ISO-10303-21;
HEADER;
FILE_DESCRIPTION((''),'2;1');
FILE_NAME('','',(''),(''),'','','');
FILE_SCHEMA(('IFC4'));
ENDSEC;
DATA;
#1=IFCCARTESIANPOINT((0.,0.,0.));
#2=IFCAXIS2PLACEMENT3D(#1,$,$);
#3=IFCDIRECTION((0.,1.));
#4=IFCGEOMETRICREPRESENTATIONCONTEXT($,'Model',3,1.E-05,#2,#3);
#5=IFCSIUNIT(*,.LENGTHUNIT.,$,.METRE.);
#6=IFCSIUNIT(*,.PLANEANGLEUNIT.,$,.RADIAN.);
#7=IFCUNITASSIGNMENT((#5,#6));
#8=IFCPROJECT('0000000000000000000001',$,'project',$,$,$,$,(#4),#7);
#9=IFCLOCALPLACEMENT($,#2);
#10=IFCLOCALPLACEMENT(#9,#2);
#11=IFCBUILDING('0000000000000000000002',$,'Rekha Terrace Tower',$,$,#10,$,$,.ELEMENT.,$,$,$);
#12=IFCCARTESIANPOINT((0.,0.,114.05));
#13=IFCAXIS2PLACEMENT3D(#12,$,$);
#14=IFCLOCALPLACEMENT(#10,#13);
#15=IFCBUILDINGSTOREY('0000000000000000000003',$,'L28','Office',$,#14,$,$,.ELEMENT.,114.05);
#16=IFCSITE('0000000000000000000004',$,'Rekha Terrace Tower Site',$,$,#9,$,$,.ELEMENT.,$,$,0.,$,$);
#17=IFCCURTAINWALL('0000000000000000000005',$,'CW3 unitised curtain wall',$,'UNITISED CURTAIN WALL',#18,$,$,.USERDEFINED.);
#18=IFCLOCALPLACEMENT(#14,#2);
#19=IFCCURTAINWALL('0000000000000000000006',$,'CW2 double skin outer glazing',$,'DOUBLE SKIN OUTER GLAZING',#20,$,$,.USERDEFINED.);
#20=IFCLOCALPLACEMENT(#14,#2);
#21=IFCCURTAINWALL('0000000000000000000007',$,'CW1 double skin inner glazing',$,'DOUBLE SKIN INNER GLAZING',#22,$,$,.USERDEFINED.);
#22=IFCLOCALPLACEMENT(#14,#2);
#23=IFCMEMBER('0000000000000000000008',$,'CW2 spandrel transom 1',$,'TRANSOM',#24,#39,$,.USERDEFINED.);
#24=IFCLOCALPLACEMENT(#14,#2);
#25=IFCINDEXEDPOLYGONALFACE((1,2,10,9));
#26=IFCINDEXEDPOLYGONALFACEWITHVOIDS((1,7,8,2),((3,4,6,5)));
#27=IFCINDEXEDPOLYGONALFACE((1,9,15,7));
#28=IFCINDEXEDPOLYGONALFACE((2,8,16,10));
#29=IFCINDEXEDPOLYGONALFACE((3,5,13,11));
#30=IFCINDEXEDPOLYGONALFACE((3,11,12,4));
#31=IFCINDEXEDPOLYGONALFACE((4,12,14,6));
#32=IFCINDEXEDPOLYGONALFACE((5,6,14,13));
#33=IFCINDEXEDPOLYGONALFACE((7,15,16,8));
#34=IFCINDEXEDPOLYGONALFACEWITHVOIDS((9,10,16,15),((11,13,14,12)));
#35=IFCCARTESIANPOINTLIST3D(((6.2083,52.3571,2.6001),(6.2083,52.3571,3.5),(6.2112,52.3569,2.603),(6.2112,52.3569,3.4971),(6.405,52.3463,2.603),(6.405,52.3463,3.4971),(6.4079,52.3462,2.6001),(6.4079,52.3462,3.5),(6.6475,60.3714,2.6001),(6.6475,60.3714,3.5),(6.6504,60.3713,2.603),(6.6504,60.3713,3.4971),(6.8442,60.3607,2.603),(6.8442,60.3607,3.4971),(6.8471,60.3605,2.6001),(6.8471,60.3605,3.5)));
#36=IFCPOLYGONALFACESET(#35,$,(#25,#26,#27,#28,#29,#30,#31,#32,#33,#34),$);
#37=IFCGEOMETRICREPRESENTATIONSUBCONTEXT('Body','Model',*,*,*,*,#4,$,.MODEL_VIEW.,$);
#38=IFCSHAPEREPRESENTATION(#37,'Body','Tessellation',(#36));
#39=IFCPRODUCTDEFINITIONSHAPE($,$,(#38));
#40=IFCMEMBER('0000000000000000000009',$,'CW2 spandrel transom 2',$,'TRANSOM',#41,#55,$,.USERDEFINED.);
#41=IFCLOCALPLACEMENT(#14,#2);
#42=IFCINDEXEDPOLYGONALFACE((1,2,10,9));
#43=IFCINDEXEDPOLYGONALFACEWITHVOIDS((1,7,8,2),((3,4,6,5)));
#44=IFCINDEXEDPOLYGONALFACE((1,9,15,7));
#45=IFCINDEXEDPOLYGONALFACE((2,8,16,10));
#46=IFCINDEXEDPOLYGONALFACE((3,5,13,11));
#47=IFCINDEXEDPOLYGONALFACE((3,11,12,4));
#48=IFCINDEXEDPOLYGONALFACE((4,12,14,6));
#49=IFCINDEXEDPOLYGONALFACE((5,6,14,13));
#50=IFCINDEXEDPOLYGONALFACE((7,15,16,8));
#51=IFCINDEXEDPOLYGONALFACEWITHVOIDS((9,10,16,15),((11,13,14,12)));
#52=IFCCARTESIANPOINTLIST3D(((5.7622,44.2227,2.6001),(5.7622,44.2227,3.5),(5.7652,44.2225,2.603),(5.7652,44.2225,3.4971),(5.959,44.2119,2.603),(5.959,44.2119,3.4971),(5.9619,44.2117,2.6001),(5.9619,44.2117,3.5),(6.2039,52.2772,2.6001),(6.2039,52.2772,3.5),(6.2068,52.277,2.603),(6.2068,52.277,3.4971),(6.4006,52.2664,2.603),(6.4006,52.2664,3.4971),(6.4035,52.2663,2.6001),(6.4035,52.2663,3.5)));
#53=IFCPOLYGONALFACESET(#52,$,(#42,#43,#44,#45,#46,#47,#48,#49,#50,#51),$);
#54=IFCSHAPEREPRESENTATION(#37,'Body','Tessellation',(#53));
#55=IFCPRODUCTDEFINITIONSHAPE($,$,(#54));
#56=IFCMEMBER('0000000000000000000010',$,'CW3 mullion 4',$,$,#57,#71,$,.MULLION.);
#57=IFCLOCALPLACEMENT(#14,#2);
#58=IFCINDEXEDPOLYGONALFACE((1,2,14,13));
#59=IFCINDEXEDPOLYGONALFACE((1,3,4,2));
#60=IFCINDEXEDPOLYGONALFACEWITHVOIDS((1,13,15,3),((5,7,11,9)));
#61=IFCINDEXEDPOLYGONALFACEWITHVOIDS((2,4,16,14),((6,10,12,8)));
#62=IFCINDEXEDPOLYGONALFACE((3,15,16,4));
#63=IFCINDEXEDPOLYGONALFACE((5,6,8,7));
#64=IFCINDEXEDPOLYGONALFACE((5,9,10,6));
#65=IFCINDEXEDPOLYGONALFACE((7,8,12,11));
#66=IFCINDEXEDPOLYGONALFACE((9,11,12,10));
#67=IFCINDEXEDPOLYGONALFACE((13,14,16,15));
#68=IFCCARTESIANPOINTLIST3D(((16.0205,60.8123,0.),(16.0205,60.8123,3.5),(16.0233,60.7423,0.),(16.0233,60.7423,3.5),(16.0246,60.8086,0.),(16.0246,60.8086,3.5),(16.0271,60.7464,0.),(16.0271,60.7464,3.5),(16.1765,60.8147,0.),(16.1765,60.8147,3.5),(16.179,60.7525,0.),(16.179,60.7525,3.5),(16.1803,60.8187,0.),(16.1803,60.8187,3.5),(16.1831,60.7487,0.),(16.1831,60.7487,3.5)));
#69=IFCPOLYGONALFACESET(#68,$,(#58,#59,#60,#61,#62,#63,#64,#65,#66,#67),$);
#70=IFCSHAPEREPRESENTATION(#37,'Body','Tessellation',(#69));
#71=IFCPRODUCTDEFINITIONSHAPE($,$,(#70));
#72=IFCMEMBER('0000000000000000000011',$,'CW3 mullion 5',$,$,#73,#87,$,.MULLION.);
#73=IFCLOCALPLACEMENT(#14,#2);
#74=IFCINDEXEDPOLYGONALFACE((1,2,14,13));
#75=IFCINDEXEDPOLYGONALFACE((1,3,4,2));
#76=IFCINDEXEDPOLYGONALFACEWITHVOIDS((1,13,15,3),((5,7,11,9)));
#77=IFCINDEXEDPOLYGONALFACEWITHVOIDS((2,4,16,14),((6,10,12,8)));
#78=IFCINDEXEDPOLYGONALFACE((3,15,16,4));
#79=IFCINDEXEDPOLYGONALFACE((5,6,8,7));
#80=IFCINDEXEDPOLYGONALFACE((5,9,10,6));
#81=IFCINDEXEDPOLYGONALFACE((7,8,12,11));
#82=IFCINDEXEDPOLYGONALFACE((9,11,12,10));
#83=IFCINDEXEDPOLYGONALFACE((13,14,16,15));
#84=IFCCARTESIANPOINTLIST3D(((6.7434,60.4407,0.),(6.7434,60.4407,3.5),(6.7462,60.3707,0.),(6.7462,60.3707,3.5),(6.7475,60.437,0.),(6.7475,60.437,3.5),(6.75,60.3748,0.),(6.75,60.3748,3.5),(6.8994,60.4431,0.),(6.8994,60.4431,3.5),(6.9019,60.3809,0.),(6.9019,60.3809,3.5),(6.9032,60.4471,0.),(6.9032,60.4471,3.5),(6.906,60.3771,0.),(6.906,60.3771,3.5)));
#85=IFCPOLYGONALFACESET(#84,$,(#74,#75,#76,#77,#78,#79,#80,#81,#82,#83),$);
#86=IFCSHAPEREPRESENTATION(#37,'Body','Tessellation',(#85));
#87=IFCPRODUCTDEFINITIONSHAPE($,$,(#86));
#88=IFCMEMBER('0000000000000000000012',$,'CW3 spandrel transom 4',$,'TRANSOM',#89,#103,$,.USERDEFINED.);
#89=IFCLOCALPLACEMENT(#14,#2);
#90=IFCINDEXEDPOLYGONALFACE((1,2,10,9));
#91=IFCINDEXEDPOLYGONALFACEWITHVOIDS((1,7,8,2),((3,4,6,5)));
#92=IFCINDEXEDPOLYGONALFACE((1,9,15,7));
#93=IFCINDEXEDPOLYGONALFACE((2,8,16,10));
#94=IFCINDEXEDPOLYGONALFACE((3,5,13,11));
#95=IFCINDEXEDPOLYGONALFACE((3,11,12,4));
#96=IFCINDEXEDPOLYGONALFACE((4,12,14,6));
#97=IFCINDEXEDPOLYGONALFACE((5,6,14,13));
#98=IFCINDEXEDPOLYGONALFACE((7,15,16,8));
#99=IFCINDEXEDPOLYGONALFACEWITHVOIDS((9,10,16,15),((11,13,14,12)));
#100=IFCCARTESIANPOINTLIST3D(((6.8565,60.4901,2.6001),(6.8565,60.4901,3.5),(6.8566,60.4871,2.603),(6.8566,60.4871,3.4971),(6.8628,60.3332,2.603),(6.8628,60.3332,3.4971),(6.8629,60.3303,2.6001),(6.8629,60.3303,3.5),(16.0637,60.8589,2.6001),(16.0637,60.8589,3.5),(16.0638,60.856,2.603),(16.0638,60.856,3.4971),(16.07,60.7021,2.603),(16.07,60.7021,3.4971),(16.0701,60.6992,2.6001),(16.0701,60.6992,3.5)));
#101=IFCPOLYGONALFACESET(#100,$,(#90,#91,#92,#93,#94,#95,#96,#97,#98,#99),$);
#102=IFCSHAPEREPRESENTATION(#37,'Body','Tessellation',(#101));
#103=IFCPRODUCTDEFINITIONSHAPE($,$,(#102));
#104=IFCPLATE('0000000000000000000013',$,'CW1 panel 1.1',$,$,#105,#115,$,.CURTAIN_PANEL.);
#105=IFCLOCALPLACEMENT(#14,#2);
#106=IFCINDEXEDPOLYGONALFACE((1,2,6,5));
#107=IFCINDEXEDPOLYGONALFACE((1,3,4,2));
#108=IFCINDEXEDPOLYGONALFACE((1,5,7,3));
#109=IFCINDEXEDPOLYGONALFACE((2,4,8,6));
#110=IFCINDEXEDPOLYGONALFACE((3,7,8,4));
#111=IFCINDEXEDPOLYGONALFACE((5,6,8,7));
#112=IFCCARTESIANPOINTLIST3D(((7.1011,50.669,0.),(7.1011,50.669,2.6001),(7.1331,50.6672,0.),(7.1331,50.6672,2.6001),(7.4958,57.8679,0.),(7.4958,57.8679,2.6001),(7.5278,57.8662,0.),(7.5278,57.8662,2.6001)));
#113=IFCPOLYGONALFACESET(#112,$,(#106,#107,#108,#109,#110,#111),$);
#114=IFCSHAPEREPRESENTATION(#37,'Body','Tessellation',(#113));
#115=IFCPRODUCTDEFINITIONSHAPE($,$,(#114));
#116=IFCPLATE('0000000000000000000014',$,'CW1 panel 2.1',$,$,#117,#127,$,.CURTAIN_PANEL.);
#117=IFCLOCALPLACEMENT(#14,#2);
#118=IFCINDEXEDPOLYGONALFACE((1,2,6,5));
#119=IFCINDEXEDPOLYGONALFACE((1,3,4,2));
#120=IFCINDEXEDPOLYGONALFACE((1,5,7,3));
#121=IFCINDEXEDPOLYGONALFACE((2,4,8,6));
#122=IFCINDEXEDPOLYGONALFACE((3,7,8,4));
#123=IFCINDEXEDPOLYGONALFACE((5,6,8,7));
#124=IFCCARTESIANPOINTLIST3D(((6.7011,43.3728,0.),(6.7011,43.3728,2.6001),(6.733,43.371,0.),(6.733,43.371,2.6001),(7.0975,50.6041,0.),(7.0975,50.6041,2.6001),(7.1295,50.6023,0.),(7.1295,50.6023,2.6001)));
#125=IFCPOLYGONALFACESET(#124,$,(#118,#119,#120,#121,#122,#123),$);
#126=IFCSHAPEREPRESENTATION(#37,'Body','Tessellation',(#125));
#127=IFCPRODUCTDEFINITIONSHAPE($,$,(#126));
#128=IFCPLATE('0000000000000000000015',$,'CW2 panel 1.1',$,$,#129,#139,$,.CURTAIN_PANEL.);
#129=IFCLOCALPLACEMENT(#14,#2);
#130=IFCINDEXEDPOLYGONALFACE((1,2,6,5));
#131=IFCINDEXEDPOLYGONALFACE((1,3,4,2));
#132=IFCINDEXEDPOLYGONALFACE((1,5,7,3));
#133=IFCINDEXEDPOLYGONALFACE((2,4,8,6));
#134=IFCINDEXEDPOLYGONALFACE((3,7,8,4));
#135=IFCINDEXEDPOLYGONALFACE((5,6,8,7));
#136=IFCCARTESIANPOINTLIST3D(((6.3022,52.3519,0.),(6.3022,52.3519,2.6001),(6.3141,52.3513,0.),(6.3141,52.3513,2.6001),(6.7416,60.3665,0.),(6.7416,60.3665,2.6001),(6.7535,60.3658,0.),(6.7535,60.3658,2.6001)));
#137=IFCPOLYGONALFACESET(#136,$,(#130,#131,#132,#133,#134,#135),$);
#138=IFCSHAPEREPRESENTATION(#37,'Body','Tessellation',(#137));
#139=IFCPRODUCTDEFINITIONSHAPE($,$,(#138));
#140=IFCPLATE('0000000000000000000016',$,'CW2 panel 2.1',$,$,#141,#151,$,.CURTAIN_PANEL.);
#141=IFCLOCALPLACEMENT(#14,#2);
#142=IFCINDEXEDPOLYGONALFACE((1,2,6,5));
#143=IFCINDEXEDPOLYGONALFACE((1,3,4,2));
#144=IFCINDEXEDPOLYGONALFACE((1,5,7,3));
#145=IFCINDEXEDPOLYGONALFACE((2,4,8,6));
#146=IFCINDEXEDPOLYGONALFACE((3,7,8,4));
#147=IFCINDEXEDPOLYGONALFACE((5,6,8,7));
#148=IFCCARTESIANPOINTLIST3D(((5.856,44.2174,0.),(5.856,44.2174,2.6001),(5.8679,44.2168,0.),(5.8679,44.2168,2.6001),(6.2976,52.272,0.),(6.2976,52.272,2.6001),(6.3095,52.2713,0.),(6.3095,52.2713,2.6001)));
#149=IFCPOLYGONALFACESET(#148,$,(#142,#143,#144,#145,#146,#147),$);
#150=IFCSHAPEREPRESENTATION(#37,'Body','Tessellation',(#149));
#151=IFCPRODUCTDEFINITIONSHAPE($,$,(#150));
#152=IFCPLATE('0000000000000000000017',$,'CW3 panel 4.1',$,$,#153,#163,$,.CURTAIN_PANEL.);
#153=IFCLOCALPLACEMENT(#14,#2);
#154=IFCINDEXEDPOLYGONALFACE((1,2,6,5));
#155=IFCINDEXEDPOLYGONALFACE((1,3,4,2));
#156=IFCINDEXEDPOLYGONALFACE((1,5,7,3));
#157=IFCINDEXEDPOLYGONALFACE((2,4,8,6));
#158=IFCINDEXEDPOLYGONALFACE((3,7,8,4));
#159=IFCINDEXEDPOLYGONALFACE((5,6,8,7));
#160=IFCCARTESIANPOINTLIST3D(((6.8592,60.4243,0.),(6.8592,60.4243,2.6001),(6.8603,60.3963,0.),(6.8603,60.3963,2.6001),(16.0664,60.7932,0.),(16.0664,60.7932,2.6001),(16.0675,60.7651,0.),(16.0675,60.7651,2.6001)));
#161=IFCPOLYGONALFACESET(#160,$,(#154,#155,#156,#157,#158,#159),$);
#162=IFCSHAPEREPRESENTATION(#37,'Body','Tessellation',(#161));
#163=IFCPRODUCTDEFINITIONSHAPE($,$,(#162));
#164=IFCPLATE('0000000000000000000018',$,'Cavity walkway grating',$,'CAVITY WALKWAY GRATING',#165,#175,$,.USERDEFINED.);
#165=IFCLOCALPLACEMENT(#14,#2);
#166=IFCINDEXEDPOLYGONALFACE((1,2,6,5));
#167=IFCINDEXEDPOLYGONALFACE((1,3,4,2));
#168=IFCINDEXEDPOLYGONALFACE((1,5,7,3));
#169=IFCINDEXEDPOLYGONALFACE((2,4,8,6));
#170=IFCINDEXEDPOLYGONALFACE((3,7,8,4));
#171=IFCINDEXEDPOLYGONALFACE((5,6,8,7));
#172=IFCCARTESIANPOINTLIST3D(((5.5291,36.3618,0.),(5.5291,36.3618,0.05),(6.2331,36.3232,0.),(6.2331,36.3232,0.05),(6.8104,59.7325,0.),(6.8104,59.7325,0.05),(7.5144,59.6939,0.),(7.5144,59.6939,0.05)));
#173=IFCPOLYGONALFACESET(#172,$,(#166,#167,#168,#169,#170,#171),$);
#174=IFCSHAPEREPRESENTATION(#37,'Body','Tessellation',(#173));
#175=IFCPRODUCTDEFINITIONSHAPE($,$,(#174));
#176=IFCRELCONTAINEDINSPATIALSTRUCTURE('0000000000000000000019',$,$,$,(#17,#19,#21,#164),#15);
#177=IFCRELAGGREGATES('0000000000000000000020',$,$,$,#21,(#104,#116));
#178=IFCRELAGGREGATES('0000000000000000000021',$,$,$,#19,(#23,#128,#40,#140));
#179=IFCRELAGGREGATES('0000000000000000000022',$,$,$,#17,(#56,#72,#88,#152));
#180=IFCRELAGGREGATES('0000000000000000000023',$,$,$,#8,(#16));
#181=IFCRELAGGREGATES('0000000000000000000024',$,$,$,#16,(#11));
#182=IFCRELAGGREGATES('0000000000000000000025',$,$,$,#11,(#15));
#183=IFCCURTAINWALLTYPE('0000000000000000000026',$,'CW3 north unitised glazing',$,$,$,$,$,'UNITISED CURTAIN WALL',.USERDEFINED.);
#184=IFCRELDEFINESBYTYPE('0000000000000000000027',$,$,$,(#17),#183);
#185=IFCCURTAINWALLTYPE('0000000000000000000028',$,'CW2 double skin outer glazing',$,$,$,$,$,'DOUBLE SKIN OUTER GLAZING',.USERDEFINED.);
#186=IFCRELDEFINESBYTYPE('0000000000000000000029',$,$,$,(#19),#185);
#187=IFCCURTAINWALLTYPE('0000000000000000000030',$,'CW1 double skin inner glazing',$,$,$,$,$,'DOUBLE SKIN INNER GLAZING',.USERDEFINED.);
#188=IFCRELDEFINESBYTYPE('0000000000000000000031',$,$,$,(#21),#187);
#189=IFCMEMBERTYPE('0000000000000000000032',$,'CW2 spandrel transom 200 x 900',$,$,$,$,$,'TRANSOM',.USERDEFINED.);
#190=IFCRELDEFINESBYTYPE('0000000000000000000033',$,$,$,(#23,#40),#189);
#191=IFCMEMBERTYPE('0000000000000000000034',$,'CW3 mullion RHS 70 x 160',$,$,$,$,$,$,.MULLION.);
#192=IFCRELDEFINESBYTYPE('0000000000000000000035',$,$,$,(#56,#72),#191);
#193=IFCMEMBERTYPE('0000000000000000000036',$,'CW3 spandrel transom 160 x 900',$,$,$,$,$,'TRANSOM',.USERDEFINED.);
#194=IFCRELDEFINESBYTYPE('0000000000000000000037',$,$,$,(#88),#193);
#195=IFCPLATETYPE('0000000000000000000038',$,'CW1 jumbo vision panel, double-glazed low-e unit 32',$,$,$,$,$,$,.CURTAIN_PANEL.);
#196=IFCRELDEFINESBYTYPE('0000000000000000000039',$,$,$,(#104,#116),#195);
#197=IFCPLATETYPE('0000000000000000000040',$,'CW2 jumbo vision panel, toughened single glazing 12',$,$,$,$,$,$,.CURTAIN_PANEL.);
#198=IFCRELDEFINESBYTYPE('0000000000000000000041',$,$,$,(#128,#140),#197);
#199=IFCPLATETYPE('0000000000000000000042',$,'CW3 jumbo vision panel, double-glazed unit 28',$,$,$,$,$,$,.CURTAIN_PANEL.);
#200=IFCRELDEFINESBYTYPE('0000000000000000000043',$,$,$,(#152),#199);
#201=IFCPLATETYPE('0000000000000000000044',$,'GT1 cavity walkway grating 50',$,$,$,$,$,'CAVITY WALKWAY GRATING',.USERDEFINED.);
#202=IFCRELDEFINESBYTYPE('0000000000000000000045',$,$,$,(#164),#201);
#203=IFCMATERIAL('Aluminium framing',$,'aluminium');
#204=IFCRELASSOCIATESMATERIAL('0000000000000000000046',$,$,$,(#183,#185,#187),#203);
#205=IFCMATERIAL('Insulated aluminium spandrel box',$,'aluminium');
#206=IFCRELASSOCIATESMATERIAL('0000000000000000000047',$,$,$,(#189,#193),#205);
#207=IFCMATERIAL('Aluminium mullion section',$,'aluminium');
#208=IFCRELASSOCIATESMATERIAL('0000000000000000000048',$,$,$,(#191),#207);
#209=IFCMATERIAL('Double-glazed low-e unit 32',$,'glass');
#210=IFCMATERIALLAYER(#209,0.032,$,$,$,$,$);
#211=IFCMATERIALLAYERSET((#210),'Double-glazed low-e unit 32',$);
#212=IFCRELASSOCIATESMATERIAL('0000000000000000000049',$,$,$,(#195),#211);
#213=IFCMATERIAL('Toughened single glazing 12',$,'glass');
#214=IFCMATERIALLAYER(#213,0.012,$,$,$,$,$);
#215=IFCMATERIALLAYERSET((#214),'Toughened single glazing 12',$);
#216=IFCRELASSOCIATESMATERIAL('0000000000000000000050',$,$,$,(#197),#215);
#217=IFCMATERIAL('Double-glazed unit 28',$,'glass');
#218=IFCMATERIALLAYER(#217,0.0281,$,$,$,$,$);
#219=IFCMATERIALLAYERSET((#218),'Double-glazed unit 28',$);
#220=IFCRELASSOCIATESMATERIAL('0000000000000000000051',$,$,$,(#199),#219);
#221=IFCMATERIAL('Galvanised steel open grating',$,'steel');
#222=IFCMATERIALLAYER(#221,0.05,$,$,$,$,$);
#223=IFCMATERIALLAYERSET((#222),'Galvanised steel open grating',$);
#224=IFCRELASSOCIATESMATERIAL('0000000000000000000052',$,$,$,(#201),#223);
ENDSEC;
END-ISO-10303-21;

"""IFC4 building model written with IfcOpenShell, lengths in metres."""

from ifc_helpers import new_model, si_unit, direction, frame, origin, origin_2d, place, context, subcontext, project, spatial, rectangle, hollow_rectangle, extrude, material, layer, layer_set, material_profile, profile_set, type_object, element, aggregate, save


model = new_model("IFC4")

# Units and contexts
model_context = context("Model", 3, precision=1e-05, world=origin(), true_north=direction((0.0, 1.0)))
body_context = subcontext(model_context, "Body", "Model", "MODEL_VIEW")
ifc_project = project(units=[si_unit("LENGTHUNIT", "METRE"), si_unit("PLANEANGLEUNIT", "RADIAN")], contexts=[model_context])

# Site, building, storey
site_placement = place(None, origin())
site = spatial("IfcSite", under=ifc_project, at=site_placement, Name="Rekha Terrace Tower Site", CompositionType="ELEMENT", RefElevation=0.0)
building_placement = place(site_placement, origin())
building = spatial("IfcBuilding", under=site, at=building_placement, Name="Rekha Terrace Tower", CompositionType="ELEMENT")
storey_placement = place(building_placement, frame((0.0, 0.0, 114.05)))
storey = spatial("IfcBuildingStorey", under=building, at=storey_placement, Name="L28", Description="Office", CompositionType="ELEMENT", Elevation=114.05)

# Curtain wall
ifc_material_1 = material(Name="Aluminium framing", Category="aluminium")
curtain_wall_type_1 = type_object("IfcCurtainWallType", Name="CW3 north unitised glazing", ElementType="UNITISED CURTAIN WALL", PredefinedType="USERDEFINED", material=ifc_material_1)
curtain_wall_1_placement = place(storey_placement, origin())
curtain_wall_1 = element("IfcCurtainWall", 1, at=curtain_wall_1_placement, inside=storey, type_object=curtain_wall_type_1, Name="CW3 unitised curtain wall", ObjectType="UNITISED CURTAIN WALL", PredefinedType="USERDEFINED")

# Curtain walls
curtain_wall_type_2 = type_object("IfcCurtainWallType", Name="CW2 double skin outer glazing", ElementType="DOUBLE SKIN OUTER GLAZING", PredefinedType="USERDEFINED", material=ifc_material_1)
curtain_wall_2_placement = place(storey_placement, origin())
curtain_wall_2 = element("IfcCurtainWall", 2, at=curtain_wall_2_placement, inside=storey, type_object=curtain_wall_type_2, Name="CW2 double skin outer glazing", ObjectType="DOUBLE SKIN OUTER GLAZING", PredefinedType="USERDEFINED")
curtain_wall_type_3 = type_object("IfcCurtainWallType", Name="CW1 double skin inner glazing", ElementType="DOUBLE SKIN INNER GLAZING", PredefinedType="USERDEFINED", material=ifc_material_1)
curtain_wall_3_placement = place(storey_placement, origin())
curtain_wall_3 = element("IfcCurtainWall", 3, at=curtain_wall_3_placement, inside=storey, type_object=curtain_wall_type_3, Name="CW1 double skin inner glazing", ObjectType="DOUBLE SKIN INNER GLAZING", PredefinedType="USERDEFINED")
ifc_material_2 = material(Name="Aluminium mullion section", Category="aluminium")
ifc_material_3 = material(Name="Insulated aluminium spandrel box", Category="aluminium")

# Members
ifc_material_profile_1 = material_profile(ifc_material_3, hollow_rectangle(XDim=0.2, YDim=0.8999, WallThickness=0.0029, at=origin_2d()), Name="AL SPANDREL BOX 200x900")
ifc_profile_set_1 = profile_set([ifc_material_profile_1], Name="Insulated aluminium spandrel box")
member_type_1 = type_object("IfcMemberType", Name="CW2 spandrel transom 200 x 900", ElementType="TRANSOM", PredefinedType="USERDEFINED", material=ifc_profile_set_1)
member_1_placement = place(storey_placement, frame((6.7473, 60.366, 3.05), z_axis=(-0.05472, -0.998502, 0.0), x_axis=(0.998502, -0.05472, 0.0)))
member_1 = element("IfcMember", 4, at=member_1_placement, type_object=member_type_1, Name="CW2 spandrel transom 1", ObjectType="TRANSOM", PredefinedType="USERDEFINED", context=body_context, shape_type="SweptSolid", body=[
    extrude(hollow_rectangle(XDim=0.2, YDim=0.8999, WallThickness=0.0029, at=origin_2d()), origin(), (0.0, 0.0, 1.0), 8.0264),
])
member_2_placement = place(storey_placement, frame((6.3037, 52.2717, 3.05), z_axis=(-0.054751, -0.9985, 0.0), x_axis=(0.9985, -0.054751, 0.0)))
member_2 = element("IfcMember", 5, at=member_2_placement, type_object=member_type_1, Name="CW2 spandrel transom 2", ObjectType="TRANSOM", PredefinedType="USERDEFINED", context=body_context, shape_type="SweptSolid", body=[
    extrude(hollow_rectangle(XDim=0.2, YDim=0.8999, WallThickness=0.0029, at=origin_2d()), origin(), (0.0, 0.0, 1.0), 8.0667),
])
ifc_material_profile_2 = material_profile(ifc_material_2, hollow_rectangle(XDim=0.0701, YDim=0.1599, WallThickness=0.0039, at=origin_2d()), Name="AL RHS 70x160")
ifc_profile_set_2 = profile_set([ifc_material_profile_2], Name="Aluminium mullion section")
member_type_2 = type_object("IfcMemberType", Name="CW3 mullion RHS 70 x 160", PredefinedType="MULLION", material=ifc_profile_set_2)
member_3_placement = place(storey_placement, frame((16.1018, 60.7805, 0.0), z_axis=(0.0, 0.0, 1.0), x_axis=(0.040032, -0.999198, 0.0)))
member_3 = element("IfcMember", 6, at=member_3_placement, type_object=member_type_2, Name="CW3 mullion 4", PredefinedType="MULLION", context=body_context, shape_type="SweptSolid", body=[
    extrude(hollow_rectangle(XDim=0.0701, YDim=0.1599, WallThickness=0.0039, at=origin_2d()), origin(), (0.0, 0.0, 1.0), 3.5),
])
member_4_placement = place(storey_placement, frame((6.8247, 60.4089, 0.0), z_axis=(0.0, 0.0, 1.0), x_axis=(0.040032, -0.999198, 0.0)))
member_4 = element("IfcMember", 7, at=member_4_placement, type_object=member_type_2, Name="CW3 mullion 5", PredefinedType="MULLION", context=body_context, shape_type="SweptSolid", body=[
    extrude(hollow_rectangle(XDim=0.0701, YDim=0.1599, WallThickness=0.0039, at=origin_2d()), origin(), (0.0, 0.0, 1.0), 3.5),
])
ifc_material_profile_3 = material_profile(ifc_material_3, hollow_rectangle(XDim=0.1599, YDim=0.8999, WallThickness=0.0029, at=origin_2d()), Name="AL SPANDREL BOX 160x900")
ifc_profile_set_3 = profile_set([ifc_material_profile_3], Name="Insulated aluminium spandrel box")
member_type_3 = type_object("IfcMemberType", Name="CW3 spandrel transom 160 x 900", ElementType="TRANSOM", PredefinedType="USERDEFINED", material=ifc_profile_set_3)
member_5_placement = place(storey_placement, frame((16.0669, 60.7791, 3.05), z_axis=(-0.999198, -0.040034, 0.0), x_axis=(0.040034, -0.999198, 0.0)))
member_5 = element("IfcMember", 8, at=member_5_placement, type_object=member_type_3, Name="CW3 spandrel transom 4", ObjectType="TRANSOM", PredefinedType="USERDEFINED", context=body_context, shape_type="SweptSolid", body=[
    extrude(hollow_rectangle(XDim=0.1599, YDim=0.8999, WallThickness=0.0029, at=origin_2d()), origin(), (0.0, 0.0, 1.0), 9.2146),
])

# Plates
ifc_material_4 = material(Name="Double-glazed low-e unit 32", Category="glass")
ifc_layer_1 = layer(ifc_material_4, 0.032)
ifc_layer_set_1 = layer_set([ifc_layer_1], Name="Double-glazed low-e unit 32")
plate_type_1 = type_object("IfcPlateType", Name="CW1 jumbo vision panel, double-glazed low-e unit 32", PredefinedType="CURTAIN_PANEL", material=ifc_layer_set_1)
plate_1_placement = place(storey_placement, frame((7.3145, 54.2676, 0.0), z_axis=(0.0, 0.0, 1.0), x_axis=(-0.054742, -0.998501, 0.0)))
plate_1 = element("IfcPlate", 9, at=plate_1_placement, type_object=plate_type_1, Name="CW1 panel 1.1", PredefinedType="CURTAIN_PANEL", context=body_context, shape_type="SweptSolid", body=[
    extrude(rectangle(XDim=7.2097, YDim=0.032, at=origin_2d()), origin(), (0.0, 0.0, 1.0), 2.6001),
])
plate_2_placement = place(storey_placement, frame((6.9153, 46.9875, 0.0), z_axis=(0.0, 0.0, 1.0), x_axis=(-0.054742, -0.998501, 0.0)))
plate_2 = element("IfcPlate", 10, at=plate_2_placement, type_object=plate_type_1, Name="CW1 panel 2.1", PredefinedType="CURTAIN_PANEL", context=body_context, shape_type="SweptSolid", body=[
    extrude(rectangle(XDim=7.2422, YDim=0.032, at=origin_2d()), origin(), (0.0, 0.0, 1.0), 2.6001),
])
aggregate(curtain_wall_3, [plate_1, plate_2])
ifc_material_5 = material(Name="Toughened single glazing 12", Category="glass")
ifc_layer_2 = layer(ifc_material_5, 0.012)
ifc_layer_set_2 = layer_set([ifc_layer_2], Name="Toughened single glazing 12")
plate_type_2 = type_object("IfcPlateType", Name="CW2 jumbo vision panel, toughened single glazing 12", PredefinedType="CURTAIN_PANEL", material=ifc_layer_set_2)
plate_3_placement = place(storey_placement, frame((6.5278, 56.3589, 0.0), z_axis=(0.0, 0.0, 1.0), x_axis=(-0.054742, -0.998501, 0.0)))
plate_3 = element("IfcPlate", 11, at=plate_3_placement, type_object=plate_type_2, Name="CW2 panel 1.1", PredefinedType="CURTAIN_PANEL", context=body_context, shape_type="SweptSolid", body=[
    extrude(rectangle(XDim=8.0266, YDim=0.012, at=origin_2d()), origin(), (0.0, 0.0, 1.0), 2.6001),
])
plate_4_placement = place(storey_placement, frame((6.0828, 48.2444, 0.0), z_axis=(0.0, 0.0, 1.0), x_axis=(-0.054742, -0.998501, 0.0)))
plate_4 = element("IfcPlate", 12, at=plate_4_placement, type_object=plate_type_2, Name="CW2 panel 2.1", PredefinedType="CURTAIN_PANEL", context=body_context, shape_type="SweptSolid", body=[
    extrude(rectangle(XDim=8.0667, YDim=0.012, at=origin_2d()), origin(), (0.0, 0.0, 1.0), 2.6001),
])
aggregate(curtain_wall_2, [member_1, plate_3, member_2, plate_4])
ifc_material_6 = material(Name="Double-glazed unit 28", Category="glass")
ifc_layer_3 = layer(ifc_material_6, 0.0281)
ifc_layer_set_3 = layer_set([ifc_layer_3], Name="Double-glazed unit 28")
plate_type_3 = type_object("IfcPlateType", Name="CW3 jumbo vision panel, double-glazed unit 28", PredefinedType="CURTAIN_PANEL", material=ifc_layer_set_3)
plate_5_placement = place(storey_placement, frame((11.4634, 60.5947, 0.0), z_axis=(0.0, 0.0, 1.0), x_axis=(-0.999198, -0.040032, 0.0)))
plate_5 = element("IfcPlate", 13, at=plate_5_placement, type_object=plate_type_3, Name="CW3 panel 4.1", PredefinedType="CURTAIN_PANEL", context=body_context, shape_type="SweptSolid", body=[
    extrude(rectangle(XDim=9.2146, YDim=0.0281, at=origin_2d()), origin(), (0.0, 0.0, 1.0), 2.6001),
])
aggregate(curtain_wall_1, [member_3, member_4, member_5, plate_5])
ifc_material_7 = material(Name="Galvanised steel open grating", Category="steel")
ifc_layer_4 = layer(ifc_material_7, 0.05)
ifc_layer_set_4 = layer_set([ifc_layer_4], Name="Galvanised steel open grating")
plate_type_4 = type_object("IfcPlateType", Name="GT1 cavity walkway grating 50", ElementType="CAVITY WALKWAY GRATING", PredefinedType="USERDEFINED", material=ifc_layer_set_4)
plate_6_placement = place(storey_placement, frame((6.5217, 48.0278, 0.0), z_axis=(0.0, 0.0, 1.0), x_axis=(-0.054742, -0.998501, 0.0)))
element("IfcPlate", 14, at=plate_6_placement, inside=storey, type_object=plate_type_4, Name="Cavity walkway grating", ObjectType="CAVITY WALKWAY GRATING", PredefinedType="USERDEFINED", context=body_context, shape_type="SweptSolid", body=[
    extrude(rectangle(XDim=23.4058, YDim=0.7051, at=origin_2d()), origin(), (0.0, 0.0, 1.0), 0.05),
])

save(model, "model.ifc")
